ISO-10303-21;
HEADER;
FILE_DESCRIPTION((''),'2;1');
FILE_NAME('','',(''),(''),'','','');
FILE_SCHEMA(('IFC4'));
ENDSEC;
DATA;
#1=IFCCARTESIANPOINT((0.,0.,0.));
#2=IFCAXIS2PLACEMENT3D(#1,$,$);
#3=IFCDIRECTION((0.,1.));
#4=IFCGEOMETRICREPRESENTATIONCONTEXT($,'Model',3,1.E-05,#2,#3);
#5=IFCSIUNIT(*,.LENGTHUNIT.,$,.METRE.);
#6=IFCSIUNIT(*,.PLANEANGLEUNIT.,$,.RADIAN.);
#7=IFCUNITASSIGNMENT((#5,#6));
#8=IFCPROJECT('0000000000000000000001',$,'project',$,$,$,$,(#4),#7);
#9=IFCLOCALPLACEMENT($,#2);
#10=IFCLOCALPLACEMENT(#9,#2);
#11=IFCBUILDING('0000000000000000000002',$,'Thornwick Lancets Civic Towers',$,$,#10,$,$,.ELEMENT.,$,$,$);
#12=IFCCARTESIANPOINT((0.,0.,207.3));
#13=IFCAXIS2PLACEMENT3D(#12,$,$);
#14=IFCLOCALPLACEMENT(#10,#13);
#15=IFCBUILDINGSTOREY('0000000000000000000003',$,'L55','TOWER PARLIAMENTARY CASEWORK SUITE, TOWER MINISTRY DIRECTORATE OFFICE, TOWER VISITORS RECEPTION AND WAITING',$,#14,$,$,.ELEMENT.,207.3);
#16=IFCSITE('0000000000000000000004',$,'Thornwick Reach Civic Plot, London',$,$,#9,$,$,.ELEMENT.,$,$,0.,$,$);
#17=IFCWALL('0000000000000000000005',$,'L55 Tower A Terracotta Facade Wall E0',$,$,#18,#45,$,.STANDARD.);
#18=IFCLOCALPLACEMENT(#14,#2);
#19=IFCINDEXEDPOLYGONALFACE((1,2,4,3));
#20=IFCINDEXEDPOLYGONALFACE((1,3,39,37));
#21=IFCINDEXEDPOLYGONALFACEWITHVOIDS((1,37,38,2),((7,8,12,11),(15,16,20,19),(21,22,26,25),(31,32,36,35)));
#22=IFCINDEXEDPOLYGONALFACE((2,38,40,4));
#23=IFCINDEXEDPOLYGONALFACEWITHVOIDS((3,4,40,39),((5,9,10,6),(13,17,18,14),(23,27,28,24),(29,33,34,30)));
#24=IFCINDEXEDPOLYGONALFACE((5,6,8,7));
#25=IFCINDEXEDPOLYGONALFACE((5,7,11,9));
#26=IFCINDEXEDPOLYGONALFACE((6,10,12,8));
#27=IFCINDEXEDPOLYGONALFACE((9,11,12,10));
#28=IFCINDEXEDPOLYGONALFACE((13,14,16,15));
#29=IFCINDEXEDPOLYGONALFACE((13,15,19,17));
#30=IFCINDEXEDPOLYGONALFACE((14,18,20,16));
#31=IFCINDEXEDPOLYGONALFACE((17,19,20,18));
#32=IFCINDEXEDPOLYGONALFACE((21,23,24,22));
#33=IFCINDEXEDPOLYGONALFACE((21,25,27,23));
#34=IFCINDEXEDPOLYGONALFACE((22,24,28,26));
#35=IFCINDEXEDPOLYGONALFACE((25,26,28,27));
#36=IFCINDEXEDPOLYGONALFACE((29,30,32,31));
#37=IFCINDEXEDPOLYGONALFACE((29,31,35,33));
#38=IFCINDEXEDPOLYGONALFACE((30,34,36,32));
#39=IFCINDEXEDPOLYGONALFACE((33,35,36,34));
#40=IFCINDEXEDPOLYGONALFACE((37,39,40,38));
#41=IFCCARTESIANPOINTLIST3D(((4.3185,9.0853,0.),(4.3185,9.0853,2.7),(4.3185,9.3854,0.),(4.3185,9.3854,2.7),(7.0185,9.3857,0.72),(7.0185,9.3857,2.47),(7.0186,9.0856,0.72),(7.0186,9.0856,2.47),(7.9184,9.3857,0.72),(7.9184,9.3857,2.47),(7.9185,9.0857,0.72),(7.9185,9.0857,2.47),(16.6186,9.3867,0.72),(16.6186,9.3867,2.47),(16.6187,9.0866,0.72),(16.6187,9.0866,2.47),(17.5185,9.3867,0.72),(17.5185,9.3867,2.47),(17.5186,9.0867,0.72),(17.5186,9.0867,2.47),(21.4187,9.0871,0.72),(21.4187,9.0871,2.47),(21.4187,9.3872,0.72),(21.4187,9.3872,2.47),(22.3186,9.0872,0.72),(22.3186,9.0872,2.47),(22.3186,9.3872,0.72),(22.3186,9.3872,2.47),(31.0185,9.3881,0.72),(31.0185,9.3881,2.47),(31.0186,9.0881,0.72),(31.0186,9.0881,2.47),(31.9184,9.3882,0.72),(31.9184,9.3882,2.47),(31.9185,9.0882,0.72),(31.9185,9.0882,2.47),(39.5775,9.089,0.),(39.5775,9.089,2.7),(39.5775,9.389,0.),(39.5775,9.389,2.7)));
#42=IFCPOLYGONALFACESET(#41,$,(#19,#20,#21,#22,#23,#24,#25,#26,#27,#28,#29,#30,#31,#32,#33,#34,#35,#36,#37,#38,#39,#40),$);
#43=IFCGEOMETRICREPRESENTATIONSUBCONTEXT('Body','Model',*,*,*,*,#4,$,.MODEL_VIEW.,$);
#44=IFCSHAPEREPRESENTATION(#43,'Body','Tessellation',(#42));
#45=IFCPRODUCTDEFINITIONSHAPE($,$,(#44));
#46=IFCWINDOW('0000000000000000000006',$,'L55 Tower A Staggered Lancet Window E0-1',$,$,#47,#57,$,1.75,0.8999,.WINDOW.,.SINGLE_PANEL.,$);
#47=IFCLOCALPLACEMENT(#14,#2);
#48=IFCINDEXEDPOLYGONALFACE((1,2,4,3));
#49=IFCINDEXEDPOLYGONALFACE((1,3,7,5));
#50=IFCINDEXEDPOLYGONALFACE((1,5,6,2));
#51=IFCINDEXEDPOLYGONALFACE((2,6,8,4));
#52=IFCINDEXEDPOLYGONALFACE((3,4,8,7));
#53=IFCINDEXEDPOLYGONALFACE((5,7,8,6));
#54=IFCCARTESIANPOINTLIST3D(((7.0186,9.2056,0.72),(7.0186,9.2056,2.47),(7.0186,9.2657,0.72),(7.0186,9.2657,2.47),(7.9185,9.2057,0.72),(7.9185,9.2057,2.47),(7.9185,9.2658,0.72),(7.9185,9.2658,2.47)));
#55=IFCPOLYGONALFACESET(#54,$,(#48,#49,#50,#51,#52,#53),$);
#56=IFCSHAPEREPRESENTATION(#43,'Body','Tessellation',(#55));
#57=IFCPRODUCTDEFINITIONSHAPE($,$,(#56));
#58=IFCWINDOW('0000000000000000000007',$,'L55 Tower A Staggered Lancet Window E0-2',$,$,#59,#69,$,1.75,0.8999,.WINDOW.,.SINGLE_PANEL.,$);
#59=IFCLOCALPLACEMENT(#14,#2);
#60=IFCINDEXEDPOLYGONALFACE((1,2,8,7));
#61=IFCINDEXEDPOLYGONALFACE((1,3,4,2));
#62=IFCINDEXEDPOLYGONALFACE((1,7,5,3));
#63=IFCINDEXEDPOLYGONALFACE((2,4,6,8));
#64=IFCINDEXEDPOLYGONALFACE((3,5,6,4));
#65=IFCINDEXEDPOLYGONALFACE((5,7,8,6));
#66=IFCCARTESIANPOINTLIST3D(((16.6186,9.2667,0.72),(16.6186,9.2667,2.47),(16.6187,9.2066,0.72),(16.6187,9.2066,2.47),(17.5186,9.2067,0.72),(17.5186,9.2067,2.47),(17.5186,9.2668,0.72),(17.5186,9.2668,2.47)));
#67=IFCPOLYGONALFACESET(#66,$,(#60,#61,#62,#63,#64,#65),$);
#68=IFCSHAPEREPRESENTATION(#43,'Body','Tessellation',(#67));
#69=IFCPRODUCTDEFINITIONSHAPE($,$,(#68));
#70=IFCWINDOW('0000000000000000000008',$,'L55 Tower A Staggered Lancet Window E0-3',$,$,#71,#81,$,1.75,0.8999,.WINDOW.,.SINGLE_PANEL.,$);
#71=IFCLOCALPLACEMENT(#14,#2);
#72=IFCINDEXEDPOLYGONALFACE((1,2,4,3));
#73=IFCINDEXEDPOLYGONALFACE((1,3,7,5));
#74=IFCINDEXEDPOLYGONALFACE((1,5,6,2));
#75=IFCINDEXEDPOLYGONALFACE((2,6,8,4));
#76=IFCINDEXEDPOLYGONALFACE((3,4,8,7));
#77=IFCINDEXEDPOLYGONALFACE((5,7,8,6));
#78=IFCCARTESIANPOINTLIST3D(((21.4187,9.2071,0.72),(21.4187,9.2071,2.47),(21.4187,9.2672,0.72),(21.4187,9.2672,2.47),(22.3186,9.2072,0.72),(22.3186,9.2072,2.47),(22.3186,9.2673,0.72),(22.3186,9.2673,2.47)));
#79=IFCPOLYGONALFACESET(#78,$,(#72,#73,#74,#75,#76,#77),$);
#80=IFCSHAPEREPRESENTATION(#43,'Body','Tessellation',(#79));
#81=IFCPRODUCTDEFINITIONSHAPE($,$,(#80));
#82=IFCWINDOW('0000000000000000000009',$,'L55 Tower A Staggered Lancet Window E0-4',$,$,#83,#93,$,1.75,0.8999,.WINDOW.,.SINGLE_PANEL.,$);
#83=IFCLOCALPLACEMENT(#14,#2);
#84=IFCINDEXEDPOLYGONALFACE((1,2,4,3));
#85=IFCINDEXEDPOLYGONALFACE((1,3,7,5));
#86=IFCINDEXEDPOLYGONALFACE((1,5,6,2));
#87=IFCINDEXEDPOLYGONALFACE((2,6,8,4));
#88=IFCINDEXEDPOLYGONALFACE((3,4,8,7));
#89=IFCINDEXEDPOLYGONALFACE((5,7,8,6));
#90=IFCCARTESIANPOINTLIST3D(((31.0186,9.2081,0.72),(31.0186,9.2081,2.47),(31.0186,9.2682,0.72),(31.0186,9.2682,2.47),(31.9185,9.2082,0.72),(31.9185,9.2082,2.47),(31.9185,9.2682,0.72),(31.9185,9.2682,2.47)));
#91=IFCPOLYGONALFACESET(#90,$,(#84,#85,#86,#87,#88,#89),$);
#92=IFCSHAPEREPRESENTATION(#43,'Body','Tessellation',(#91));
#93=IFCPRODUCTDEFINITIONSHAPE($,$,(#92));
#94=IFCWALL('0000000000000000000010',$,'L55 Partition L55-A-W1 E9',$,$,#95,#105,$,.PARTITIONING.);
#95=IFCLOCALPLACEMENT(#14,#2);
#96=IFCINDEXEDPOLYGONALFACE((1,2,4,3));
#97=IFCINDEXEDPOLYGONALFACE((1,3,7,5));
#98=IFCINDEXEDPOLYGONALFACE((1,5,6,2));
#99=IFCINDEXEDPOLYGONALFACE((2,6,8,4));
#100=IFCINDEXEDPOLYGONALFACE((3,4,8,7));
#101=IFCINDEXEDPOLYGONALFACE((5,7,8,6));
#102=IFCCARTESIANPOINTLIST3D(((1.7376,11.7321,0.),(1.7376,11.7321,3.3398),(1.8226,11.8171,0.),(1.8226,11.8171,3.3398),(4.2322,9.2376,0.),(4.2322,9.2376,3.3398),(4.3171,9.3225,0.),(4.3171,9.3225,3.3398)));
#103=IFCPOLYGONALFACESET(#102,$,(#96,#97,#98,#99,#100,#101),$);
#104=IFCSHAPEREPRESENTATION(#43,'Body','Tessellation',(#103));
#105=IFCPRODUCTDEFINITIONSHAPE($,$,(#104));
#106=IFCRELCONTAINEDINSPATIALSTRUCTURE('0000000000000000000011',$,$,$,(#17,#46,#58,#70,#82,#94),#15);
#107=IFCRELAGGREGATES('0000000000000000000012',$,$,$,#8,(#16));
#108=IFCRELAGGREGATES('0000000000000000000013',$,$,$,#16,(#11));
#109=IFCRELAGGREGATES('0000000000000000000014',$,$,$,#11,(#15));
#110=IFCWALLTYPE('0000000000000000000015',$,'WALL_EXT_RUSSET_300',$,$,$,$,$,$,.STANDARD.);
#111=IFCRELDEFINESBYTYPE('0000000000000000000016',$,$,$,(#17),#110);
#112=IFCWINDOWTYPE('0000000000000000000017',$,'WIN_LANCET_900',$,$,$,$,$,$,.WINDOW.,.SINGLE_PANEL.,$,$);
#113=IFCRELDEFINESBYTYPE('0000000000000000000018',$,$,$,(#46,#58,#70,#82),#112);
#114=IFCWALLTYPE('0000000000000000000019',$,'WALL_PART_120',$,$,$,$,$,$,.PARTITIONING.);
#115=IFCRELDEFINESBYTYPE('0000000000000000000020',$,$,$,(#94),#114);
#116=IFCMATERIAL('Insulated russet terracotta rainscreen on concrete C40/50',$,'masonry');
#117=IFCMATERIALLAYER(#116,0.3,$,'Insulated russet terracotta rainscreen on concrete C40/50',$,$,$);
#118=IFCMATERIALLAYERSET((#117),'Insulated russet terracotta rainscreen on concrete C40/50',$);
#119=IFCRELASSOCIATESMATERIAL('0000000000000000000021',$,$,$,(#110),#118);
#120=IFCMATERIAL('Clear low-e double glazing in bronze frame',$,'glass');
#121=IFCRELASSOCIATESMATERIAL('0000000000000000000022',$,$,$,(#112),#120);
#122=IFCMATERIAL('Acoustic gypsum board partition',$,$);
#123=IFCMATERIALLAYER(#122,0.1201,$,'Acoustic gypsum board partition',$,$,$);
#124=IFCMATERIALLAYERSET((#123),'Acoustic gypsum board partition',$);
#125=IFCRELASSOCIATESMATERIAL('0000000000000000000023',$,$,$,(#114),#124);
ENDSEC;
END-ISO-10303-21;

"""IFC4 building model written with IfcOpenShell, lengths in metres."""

from ifc_helpers import new_model, si_unit, direction, frame, frame_2d, origin, place, context, subcontext, project, spatial, rectangle, extrude, material, layer, layer_set, type_object, element, fill, save


model = new_model("IFC4")

# Units and contexts
model_context = context("Model", 3, precision=1e-05, world=origin(), true_north=direction((0.0, 1.0)))
body_context = subcontext(model_context, "Body", "Model", "MODEL_VIEW")
ifc_project = project(units=[si_unit("LENGTHUNIT", "METRE"), si_unit("PLANEANGLEUNIT", "RADIAN")], contexts=[model_context])

# Site, building, storey
site_placement = place(None, origin())
site = spatial("IfcSite", under=ifc_project, at=site_placement, Name="Thornwick Reach Civic Plot, London", CompositionType="ELEMENT", RefElevation=0.0)
building_placement = place(site_placement, origin())
building = spatial("IfcBuilding", under=site, at=building_placement, Name="Thornwick Lancets Civic Towers", CompositionType="ELEMENT")
storey_placement = place(building_placement, frame((0.0, 0.0, 207.3)))
storey = spatial("IfcBuildingStorey", under=building, at=storey_placement, Name="L55", Description="TOWER PARLIAMENTARY CASEWORK SUITE, TOWER MINISTRY DIRECTORATE OFFICE, TOWER VISITORS RECEPTION AND WAITING", CompositionType="ELEMENT", Elevation=207.3)

# Wall, openings, windows
ifc_material_1 = material(Name="Insulated russet terracotta rainscreen on concrete C40/50", Category="masonry")
ifc_layer_1 = layer(ifc_material_1, 0.3, Name="Insulated russet terracotta rainscreen on concrete C40/50")
ifc_layer_set_1 = layer_set([ifc_layer_1], Name="Insulated russet terracotta rainscreen on concrete C40/50")
wall_type_1 = type_object("IfcWallType", Name="WALL_EXT_RUSSET_300", PredefinedType="STANDARD", material=ifc_layer_set_1)
wall_1_placement = place(storey_placement, frame((4.3186, 9.2354, 0.0), z_axis=(0.0, 0.0, 1.0), x_axis=(1.0, 0.000104, 0.0)))
wall_1 = element("IfcWall", 1, at=wall_1_placement, inside=storey, type_object=wall_type_1, Name="L55 Tower A Terracotta Facade Wall E0", PredefinedType="STANDARD", context=body_context, shape_type="SweptSolid", body=[
    extrude(rectangle(XDim=35.259, YDim=0.3, at=frame_2d((17.6294, 0.0))), origin(), (0.0, 0.0, 1.0), 2.7),
])
opening_1_placement = place(wall_1_placement, frame((2.7, 0.0, 0.72)))
opening_1 = element("IfcOpeningElement", 2, at=opening_1_placement, cuts=wall_1, PredefinedType="OPENING", context=body_context, shape_type="SweptSolid", body=[
    extrude(rectangle(XDim=0.8999, YDim=1.75, at=frame_2d((0.45, 0.875))), frame((0.0, 0.1602, 0.0), z_axis=(0.0, -1.0, 0.0), x_axis=(1.0, 0.0, 0.0)), (0.0, 0.0, 1.0), 0.3201),
])
opening_2_placement = place(wall_1_placement, frame((12.3, 0.0, 0.72)))
opening_2 = element("IfcOpeningElement", 3, at=opening_2_placement, cuts=wall_1, PredefinedType="OPENING", context=body_context, shape_type="SweptSolid", body=[
    extrude(rectangle(XDim=0.8999, YDim=1.75, at=frame_2d((0.45, 0.875))), frame((0.0, 0.1602, 0.0), z_axis=(0.0, -1.0, 0.0), x_axis=(1.0, 0.0, 0.0)), (0.0, 0.0, 1.0), 0.3201),
])
opening_3_placement = place(wall_1_placement, frame((17.1001, 0.0, 0.72)))
opening_3 = element("IfcOpeningElement", 4, at=opening_3_placement, cuts=wall_1, PredefinedType="OPENING", context=body_context, shape_type="SweptSolid", body=[
    extrude(rectangle(XDim=0.8999, YDim=1.75, at=frame_2d((0.45, 0.875))), frame((0.0, 0.1602, 0.0), z_axis=(0.0, -1.0, 0.0), x_axis=(1.0, 0.0, 0.0)), (0.0, 0.0, 1.0), 0.3201),
])
opening_4_placement = place(wall_1_placement, frame((26.7, 0.0, 0.72)))
opening_4 = element("IfcOpeningElement", 5, at=opening_4_placement, cuts=wall_1, PredefinedType="OPENING", context=body_context, shape_type="SweptSolid", body=[
    extrude(rectangle(XDim=0.8999, YDim=1.75, at=frame_2d((0.45, 0.875))), frame((0.0, 0.1602, 0.0), z_axis=(0.0, -1.0, 0.0), x_axis=(1.0, 0.0, 0.0)), (0.0, 0.0, 1.0), 0.3201),
])
ifc_material_2 = material(Name="Clear low-e double glazing in bronze frame", Category="glass")
window_type = type_object("IfcWindowType", Name="WIN_LANCET_900", PartitioningType="SINGLE_PANEL", PredefinedType="WINDOW", material=ifc_material_2)
window_1_placement = place(opening_1_placement, origin())
window_1 = element("IfcWindow", 6, at=window_1_placement, inside=storey, type_object=window_type, Name="L55 Tower A Staggered Lancet Window E0-1", OverallHeight=1.75, OverallWidth=0.8999, PartitioningType="SINGLE_PANEL", PredefinedType="WINDOW", context=body_context, shape_type="SweptSolid", body=[
    extrude(rectangle(XDim=0.8999, YDim=1.75, at=frame_2d((0.45, 0.875))), frame((0.0, 0.03, 0.0), z_axis=(0.0, -1.0, 0.0), x_axis=(1.0, 0.0, 0.0)), (0.0, 0.0, 1.0), 0.0601),
])
fill(opening_1, window_1)
window_2_placement = place(opening_2_placement, origin())
window_2 = element("IfcWindow", 7, at=window_2_placement, inside=storey, type_object=window_type, Name="L55 Tower A Staggered Lancet Window E0-2", OverallHeight=1.75, OverallWidth=0.8999, PartitioningType="SINGLE_PANEL", PredefinedType="WINDOW", context=body_context, shape_type="SweptSolid", body=[
    extrude(rectangle(XDim=0.8999, YDim=1.75, at=frame_2d((0.45, 0.875))), frame((0.0, 0.03, 0.0), z_axis=(0.0, -1.0, 0.0), x_axis=(1.0, 0.0, 0.0)), (0.0, 0.0, 1.0), 0.0601),
])
fill(opening_2, window_2)
window_3_placement = place(opening_3_placement, origin())
window_3 = element("IfcWindow", 8, at=window_3_placement, inside=storey, type_object=window_type, Name="L55 Tower A Staggered Lancet Window E0-3", OverallHeight=1.75, OverallWidth=0.8999, PartitioningType="SINGLE_PANEL", PredefinedType="WINDOW", context=body_context, shape_type="SweptSolid", body=[
    extrude(rectangle(XDim=0.8999, YDim=1.75, at=frame_2d((0.45, 0.875))), frame((0.0, 0.03, 0.0), z_axis=(0.0, -1.0, 0.0), x_axis=(1.0, 0.0, 0.0)), (0.0, 0.0, 1.0), 0.0601),
])
fill(opening_3, window_3)
window_4_placement = place(opening_4_placement, origin())
window_4 = element("IfcWindow", 9, at=window_4_placement, inside=storey, type_object=window_type, Name="L55 Tower A Staggered Lancet Window E0-4", OverallHeight=1.75, OverallWidth=0.8999, PartitioningType="SINGLE_PANEL", PredefinedType="WINDOW", context=body_context, shape_type="SweptSolid", body=[
    extrude(rectangle(XDim=0.8999, YDim=1.75, at=frame_2d((0.45, 0.875))), frame((0.0, 0.03, 0.0), z_axis=(0.0, -1.0, 0.0), x_axis=(1.0, 0.0, 0.0)), (0.0, 0.0, 1.0), 0.0601),
])
fill(opening_4, window_4)

# Wall
ifc_material_3 = material(Name="Acoustic gypsum board partition")
ifc_layer_2 = layer(ifc_material_3, 0.1201, Name="Acoustic gypsum board partition")
ifc_layer_set_2 = layer_set([ifc_layer_2], Name="Acoustic gypsum board partition")
wall_type_2 = type_object("IfcWallType", Name="WALL_PART_120", PredefinedType="PARTITIONING", material=ifc_layer_set_2)
wall_2_placement = place(storey_placement, frame((4.2747, 9.28, 0.0), z_axis=(0.0, 0.0, 1.0), x_axis=(-0.707107, 0.707107, 0.0)))
element("IfcWall", 10, at=wall_2_placement, inside=storey, type_object=wall_type_2, Name="L55 Partition L55-A-W1 E9", PredefinedType="PARTITIONING", context=body_context, shape_type="SweptSolid", body=[
    extrude(rectangle(XDim=3.5278, YDim=0.1201, at=frame_2d((1.7639, 0.0))), origin(), (0.0, 0.0, 1.0), 3.3398),
])

save(model, "model.ifc")
